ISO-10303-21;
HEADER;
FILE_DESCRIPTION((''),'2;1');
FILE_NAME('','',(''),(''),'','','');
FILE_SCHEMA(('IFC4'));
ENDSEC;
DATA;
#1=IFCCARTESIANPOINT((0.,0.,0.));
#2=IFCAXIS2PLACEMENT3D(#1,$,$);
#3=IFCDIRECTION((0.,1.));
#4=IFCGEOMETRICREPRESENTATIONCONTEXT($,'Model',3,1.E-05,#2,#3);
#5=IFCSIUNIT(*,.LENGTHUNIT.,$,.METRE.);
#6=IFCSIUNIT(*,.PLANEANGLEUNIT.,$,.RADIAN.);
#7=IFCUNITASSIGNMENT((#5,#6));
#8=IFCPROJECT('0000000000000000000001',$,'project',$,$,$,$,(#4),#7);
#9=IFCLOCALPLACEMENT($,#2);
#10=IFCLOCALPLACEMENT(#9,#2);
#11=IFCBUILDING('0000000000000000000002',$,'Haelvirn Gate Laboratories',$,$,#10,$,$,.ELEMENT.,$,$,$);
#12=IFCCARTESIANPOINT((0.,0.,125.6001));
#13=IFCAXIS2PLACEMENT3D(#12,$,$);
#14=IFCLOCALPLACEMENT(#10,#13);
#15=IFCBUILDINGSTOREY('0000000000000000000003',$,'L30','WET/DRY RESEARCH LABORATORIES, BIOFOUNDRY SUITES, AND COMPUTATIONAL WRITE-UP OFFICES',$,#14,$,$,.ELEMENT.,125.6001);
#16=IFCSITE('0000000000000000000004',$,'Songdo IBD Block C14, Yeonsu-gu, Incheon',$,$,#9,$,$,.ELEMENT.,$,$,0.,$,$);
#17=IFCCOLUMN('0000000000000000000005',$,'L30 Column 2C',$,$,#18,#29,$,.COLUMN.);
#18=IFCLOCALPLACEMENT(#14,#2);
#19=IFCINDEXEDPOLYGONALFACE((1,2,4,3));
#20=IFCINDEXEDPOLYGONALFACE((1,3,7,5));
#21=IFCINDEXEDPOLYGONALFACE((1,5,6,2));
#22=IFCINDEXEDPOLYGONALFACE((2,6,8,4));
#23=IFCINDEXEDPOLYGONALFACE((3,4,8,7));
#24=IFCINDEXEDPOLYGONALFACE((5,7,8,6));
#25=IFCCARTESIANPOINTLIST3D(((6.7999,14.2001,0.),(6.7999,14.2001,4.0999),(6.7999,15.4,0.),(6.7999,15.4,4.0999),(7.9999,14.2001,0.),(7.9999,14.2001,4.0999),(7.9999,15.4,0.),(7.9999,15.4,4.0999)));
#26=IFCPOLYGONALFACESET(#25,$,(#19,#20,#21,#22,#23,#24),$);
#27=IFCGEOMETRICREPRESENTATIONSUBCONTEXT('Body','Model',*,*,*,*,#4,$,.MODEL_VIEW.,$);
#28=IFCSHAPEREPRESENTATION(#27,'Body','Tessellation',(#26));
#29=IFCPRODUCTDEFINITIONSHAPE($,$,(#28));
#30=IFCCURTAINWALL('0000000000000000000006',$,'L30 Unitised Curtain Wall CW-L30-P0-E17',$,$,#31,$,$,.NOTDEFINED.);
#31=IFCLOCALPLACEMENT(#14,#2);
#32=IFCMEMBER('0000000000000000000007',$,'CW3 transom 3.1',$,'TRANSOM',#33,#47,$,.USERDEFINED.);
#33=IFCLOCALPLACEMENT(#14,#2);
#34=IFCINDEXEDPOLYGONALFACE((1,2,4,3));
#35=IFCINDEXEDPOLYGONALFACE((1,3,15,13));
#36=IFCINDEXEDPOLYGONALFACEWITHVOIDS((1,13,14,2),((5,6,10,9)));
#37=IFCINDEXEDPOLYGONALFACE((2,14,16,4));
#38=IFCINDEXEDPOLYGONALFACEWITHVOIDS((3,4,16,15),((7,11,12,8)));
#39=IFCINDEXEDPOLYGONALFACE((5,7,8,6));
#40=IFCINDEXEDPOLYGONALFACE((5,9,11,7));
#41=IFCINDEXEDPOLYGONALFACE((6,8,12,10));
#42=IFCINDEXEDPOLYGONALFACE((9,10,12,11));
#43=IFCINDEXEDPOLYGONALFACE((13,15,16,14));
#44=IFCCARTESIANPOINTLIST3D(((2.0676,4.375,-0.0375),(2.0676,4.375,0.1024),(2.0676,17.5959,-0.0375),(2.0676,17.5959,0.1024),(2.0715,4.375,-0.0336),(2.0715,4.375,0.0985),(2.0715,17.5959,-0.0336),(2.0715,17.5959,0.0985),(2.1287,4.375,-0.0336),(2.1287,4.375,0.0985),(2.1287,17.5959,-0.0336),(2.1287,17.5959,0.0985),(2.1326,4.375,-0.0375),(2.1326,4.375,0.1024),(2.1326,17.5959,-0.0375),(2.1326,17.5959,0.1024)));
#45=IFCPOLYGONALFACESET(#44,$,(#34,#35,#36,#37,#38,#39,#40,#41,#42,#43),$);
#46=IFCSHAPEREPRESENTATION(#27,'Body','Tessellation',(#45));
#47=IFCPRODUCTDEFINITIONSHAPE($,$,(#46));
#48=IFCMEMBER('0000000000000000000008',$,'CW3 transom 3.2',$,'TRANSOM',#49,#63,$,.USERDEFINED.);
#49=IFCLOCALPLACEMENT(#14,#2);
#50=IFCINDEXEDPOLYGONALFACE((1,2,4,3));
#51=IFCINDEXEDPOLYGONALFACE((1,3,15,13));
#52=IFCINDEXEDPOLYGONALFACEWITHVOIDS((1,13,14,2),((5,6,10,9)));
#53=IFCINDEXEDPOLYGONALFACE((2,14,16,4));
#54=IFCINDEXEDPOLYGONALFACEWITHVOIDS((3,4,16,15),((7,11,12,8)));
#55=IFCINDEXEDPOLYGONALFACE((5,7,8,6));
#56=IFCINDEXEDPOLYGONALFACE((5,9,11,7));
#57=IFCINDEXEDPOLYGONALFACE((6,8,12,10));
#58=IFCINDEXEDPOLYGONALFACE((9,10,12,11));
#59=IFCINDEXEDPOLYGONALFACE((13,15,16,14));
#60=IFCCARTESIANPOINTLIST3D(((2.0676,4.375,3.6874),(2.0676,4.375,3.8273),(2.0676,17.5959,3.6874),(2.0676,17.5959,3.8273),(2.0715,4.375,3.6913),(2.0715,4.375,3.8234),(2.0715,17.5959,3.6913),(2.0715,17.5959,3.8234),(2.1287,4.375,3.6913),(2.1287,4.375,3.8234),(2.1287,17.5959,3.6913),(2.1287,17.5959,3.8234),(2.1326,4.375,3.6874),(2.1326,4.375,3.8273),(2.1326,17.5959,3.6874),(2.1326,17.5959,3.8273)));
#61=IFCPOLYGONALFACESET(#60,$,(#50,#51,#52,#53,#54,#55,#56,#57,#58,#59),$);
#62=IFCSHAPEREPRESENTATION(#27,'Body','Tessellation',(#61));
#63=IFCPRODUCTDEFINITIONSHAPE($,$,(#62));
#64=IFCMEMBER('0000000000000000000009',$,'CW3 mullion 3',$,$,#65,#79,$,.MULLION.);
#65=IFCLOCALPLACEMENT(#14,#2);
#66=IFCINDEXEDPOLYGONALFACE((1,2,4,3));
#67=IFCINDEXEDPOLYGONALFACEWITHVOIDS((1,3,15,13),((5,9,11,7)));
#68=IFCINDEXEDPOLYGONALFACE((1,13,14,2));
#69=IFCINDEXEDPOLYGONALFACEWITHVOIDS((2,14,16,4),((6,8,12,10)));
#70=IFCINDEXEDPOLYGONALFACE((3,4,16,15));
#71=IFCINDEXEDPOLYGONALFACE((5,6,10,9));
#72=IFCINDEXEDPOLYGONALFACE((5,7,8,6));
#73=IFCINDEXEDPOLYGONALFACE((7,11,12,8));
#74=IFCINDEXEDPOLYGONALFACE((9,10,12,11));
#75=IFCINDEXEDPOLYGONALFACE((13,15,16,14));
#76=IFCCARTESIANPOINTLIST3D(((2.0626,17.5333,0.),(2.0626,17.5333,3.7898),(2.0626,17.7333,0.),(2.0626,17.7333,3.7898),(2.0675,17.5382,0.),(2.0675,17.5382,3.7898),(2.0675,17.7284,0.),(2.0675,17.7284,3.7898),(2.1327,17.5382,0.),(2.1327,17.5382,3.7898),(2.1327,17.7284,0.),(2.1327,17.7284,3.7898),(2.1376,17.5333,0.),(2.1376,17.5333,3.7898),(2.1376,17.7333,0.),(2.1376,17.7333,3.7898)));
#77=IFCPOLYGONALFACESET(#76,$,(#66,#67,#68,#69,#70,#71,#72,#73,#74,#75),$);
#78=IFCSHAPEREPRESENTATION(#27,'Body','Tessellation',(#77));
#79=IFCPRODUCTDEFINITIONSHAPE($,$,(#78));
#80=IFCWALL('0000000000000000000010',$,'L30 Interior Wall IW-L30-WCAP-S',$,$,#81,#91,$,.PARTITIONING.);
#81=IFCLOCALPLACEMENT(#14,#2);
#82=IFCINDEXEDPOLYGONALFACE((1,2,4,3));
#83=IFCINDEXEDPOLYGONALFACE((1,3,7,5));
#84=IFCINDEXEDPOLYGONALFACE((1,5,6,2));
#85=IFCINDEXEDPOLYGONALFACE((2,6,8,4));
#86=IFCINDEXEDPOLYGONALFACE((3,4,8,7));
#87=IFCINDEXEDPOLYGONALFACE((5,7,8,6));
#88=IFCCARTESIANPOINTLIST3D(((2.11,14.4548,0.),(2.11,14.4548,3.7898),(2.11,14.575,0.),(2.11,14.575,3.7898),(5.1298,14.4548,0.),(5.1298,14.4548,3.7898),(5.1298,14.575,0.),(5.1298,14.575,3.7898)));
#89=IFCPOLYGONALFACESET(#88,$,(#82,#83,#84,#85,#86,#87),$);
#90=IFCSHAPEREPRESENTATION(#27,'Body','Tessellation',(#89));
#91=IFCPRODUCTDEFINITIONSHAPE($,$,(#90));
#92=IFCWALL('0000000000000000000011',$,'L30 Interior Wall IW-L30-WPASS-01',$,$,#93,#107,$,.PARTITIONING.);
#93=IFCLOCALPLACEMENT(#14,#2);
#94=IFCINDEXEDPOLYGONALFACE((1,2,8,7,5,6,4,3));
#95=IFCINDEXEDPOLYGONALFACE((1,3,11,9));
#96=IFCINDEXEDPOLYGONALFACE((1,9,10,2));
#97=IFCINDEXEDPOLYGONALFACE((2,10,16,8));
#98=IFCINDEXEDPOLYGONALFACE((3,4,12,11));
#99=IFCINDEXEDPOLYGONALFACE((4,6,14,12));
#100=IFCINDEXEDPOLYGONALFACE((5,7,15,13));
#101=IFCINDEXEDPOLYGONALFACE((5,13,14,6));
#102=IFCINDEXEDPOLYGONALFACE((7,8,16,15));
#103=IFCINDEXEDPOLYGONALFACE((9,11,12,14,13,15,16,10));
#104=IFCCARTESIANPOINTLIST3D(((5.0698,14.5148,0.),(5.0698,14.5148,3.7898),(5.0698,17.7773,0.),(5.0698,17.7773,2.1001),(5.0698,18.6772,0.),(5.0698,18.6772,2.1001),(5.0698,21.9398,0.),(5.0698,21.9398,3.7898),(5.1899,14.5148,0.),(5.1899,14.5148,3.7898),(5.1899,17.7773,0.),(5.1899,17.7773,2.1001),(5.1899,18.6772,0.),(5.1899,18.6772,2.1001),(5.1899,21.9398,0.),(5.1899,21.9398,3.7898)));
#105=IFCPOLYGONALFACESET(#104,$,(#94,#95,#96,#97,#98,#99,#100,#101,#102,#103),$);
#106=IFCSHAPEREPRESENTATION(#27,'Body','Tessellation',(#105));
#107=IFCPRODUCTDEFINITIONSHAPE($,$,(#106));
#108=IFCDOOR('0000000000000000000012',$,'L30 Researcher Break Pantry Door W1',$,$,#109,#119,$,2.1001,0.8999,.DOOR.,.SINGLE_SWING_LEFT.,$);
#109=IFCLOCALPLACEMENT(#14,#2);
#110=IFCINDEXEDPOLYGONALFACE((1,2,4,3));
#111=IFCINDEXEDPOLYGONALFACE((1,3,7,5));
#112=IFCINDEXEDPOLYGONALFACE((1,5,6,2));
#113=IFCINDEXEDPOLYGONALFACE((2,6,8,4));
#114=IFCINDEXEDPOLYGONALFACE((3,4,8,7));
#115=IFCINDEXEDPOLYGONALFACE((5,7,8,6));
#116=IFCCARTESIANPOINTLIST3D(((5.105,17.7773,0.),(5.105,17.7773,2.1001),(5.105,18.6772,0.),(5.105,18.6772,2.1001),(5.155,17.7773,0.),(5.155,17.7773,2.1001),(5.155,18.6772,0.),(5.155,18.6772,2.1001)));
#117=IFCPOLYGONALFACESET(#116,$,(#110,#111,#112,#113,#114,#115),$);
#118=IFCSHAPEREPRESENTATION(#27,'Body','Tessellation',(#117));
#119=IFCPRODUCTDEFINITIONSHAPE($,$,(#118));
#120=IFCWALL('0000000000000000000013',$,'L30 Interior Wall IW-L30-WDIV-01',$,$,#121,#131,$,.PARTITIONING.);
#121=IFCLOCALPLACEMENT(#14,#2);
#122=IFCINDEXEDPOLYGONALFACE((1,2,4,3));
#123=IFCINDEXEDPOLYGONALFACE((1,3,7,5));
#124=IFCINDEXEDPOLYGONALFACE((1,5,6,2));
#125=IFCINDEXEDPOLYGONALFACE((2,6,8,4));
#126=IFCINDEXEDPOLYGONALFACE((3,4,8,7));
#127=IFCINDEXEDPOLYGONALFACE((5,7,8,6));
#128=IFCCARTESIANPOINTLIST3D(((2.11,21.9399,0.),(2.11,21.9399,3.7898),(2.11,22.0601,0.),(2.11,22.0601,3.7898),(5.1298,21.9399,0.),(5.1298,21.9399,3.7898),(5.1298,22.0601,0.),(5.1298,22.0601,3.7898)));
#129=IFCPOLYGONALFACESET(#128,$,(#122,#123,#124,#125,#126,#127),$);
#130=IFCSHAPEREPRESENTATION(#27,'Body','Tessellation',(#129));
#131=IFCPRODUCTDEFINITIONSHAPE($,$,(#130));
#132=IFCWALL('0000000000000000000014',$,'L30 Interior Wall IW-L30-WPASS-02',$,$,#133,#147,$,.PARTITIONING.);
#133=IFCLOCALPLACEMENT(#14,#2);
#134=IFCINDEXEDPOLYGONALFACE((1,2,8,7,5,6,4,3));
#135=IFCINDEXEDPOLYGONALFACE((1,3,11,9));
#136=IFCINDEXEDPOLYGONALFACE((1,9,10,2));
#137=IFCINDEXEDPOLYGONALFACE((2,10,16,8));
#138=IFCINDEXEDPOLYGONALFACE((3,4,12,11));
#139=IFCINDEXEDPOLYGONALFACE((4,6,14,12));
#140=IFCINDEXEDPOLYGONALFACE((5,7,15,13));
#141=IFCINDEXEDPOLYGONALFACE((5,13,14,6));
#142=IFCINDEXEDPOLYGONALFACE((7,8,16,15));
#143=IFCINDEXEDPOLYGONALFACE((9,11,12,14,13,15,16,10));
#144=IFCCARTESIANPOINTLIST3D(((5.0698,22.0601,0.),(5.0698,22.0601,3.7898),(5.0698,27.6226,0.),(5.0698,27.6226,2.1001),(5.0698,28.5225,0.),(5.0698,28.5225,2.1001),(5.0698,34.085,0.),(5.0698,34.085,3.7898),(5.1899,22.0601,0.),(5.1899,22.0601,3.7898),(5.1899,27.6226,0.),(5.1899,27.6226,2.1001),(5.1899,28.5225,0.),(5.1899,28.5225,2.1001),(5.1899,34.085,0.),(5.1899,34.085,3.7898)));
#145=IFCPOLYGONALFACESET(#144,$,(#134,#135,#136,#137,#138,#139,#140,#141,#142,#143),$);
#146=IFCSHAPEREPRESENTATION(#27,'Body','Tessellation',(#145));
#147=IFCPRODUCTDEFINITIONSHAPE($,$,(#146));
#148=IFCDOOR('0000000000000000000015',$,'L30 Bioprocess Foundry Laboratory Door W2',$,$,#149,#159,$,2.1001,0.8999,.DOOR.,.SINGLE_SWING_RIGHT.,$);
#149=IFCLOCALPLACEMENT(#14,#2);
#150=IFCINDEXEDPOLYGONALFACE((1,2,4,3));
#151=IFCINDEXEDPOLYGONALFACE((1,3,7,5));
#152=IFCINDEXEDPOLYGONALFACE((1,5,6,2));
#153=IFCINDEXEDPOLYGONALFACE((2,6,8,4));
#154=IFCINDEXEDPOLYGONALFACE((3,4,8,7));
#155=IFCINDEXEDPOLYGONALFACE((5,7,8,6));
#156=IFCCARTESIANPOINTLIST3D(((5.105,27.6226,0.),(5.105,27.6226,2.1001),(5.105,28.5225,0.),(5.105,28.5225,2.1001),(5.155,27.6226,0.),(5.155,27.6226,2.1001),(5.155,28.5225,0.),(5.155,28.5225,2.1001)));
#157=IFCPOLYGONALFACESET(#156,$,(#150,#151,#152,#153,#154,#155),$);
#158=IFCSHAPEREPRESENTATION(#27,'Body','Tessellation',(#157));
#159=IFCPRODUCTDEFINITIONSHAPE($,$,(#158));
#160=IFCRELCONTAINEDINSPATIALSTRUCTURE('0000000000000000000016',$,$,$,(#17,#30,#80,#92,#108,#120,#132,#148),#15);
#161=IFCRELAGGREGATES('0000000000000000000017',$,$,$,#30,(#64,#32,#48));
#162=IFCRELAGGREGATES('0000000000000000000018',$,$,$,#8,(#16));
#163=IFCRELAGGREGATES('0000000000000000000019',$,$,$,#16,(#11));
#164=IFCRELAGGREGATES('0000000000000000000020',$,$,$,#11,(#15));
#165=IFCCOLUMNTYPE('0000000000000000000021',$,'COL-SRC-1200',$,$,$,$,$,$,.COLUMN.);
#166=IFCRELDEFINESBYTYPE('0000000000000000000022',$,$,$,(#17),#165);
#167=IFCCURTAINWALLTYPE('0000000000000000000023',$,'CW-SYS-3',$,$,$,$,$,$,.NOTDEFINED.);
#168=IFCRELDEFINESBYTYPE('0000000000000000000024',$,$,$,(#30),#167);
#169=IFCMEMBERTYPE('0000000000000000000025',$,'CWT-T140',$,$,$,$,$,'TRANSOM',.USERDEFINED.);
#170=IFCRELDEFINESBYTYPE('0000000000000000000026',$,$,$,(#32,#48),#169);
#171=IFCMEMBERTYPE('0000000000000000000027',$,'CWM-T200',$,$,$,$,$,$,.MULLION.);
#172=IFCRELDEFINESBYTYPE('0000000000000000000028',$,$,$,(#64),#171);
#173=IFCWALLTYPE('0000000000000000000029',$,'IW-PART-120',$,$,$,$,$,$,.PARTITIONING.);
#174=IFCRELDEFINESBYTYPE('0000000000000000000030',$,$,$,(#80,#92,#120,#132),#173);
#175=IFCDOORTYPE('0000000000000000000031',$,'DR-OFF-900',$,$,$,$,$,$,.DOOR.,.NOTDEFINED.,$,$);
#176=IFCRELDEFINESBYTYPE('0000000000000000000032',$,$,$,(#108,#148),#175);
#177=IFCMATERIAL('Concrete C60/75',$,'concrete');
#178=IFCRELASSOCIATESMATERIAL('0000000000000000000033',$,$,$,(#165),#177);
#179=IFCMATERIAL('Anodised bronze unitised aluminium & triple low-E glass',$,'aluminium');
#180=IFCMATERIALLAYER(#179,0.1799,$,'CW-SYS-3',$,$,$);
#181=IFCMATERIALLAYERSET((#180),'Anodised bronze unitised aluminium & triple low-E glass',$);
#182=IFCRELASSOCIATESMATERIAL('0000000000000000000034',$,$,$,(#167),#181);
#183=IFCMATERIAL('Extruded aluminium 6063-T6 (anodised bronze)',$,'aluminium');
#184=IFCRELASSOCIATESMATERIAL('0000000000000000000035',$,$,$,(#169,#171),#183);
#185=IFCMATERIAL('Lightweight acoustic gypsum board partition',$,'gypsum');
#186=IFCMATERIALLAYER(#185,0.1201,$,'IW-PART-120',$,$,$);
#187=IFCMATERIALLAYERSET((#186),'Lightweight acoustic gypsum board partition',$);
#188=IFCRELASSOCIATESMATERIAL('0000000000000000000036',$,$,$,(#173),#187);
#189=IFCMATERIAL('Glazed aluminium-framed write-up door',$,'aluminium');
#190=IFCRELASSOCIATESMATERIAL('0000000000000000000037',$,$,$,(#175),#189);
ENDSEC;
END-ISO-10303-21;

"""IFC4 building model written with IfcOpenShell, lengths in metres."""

from ifc_helpers import new_model, si_unit, direction, frame, frame_2d, origin, origin_2d, place, context, subcontext, project, spatial, rectangle, hollow_rectangle, extrude, source, transform, mapped, material, layer, layer_set, material_profile, profile_set, type_object, type_shapes, element, fill, aggregate, save


model = new_model("IFC4")

# Units and contexts
model_context = context("Model", 3, precision=1e-05, world=origin(), true_north=direction((0.0, 1.0)))
body_context = subcontext(model_context, "Body", "Model", "MODEL_VIEW")
ifc_project = project(units=[si_unit("LENGTHUNIT", "METRE"), si_unit("PLANEANGLEUNIT", "RADIAN")], contexts=[model_context])

# Site, building, storey
site_placement = place(None, origin())
site = spatial("IfcSite", under=ifc_project, at=site_placement, Name="Songdo IBD Block C14, Yeonsu-gu, Incheon", CompositionType="ELEMENT", RefElevation=0.0)
building_placement = place(site_placement, origin())
building = spatial("IfcBuilding", under=site, at=building_placement, Name="Haelvirn Gate Laboratories", CompositionType="ELEMENT")
storey_placement = place(building_placement, frame((0.0, 0.0, 125.6001)))
storey = spatial("IfcBuildingStorey", under=building, at=storey_placement, Name="L30", Description="WET/DRY RESEARCH LABORATORIES, BIOFOUNDRY SUITES, AND COMPUTATIONAL WRITE-UP OFFICES", CompositionType="ELEMENT", Elevation=125.6001)

# Column
ifc_material_1 = material(Name="Concrete C60/75", Category="concrete")
ifc_material_profile_1 = material_profile(ifc_material_1, rectangle(XDim=1.2, YDim=1.2, at=origin_2d()), Name="SRC-1200x1200")
ifc_profile_set_1 = profile_set([ifc_material_profile_1], Name="Concrete C60/75")
column_type = type_object("IfcColumnType", Name="COL-SRC-1200", PredefinedType="COLUMN", material=ifc_profile_set_1)
shared_shape_1 = source(origin(), body_context, "Body", "SweptSolid", [
    extrude(rectangle(XDim=1.2, YDim=1.2, at=origin_2d()), origin(), (0.0, 0.0, 1.0), 4.0999),
])
type_shapes(column_type, [shared_shape_1])
column_placement = place(storey_placement, frame((7.3999, 14.8, 0.0), z_axis=(0.0, 0.0, 1.0), x_axis=(1.0, 0.0, 0.0)))
element("IfcColumn", 1, at=column_placement, inside=storey, type_object=column_type, Name="L30 Column 2C", PredefinedType="COLUMN", context=body_context, shape_type="MappedRepresentation", body=[
    mapped(shared_shape_1, transform((0.0, 0.0, 0.0), scale=1.0)),
])

# Curtain wall, members
ifc_material_2 = material(Name="Anodised bronze unitised aluminium & triple low-E glass", Category="aluminium")
ifc_layer_1 = layer(ifc_material_2, 0.1799, Name="CW-SYS-3")
ifc_layer_set_1 = layer_set([ifc_layer_1], Name="Anodised bronze unitised aluminium & triple low-E glass")
curtain_wall_type = type_object("IfcCurtainWallType", Name="CW-SYS-3", PredefinedType="NOTDEFINED", material=ifc_layer_set_1)
curtain_wall_placement = place(storey_placement, origin())
curtain_wall = element("IfcCurtainWall", 2, at=curtain_wall_placement, inside=storey, type_object=curtain_wall_type, Name="L30 Unitised Curtain Wall CW-L30-P0-E17", PredefinedType="NOTDEFINED")
ifc_material_3 = material(Name="Extruded aluminium 6063-T6 (anodised bronze)", Category="aluminium")
ifc_material_profile_2 = material_profile(ifc_material_3, hollow_rectangle(XDim=0.0649, YDim=0.1399, WallThickness=0.0039, at=origin_2d()), Name="CWT-140x65x4")
ifc_profile_set_2 = profile_set([ifc_material_profile_2], Name="Extruded aluminium 6063-T6 (anodised bronze)")
member_type_1 = type_object("IfcMemberType", Name="CWT-T140", ElementType="TRANSOM", PredefinedType="USERDEFINED", material=ifc_profile_set_2)
shared_shape_2 = source(origin(), body_context, "Body", "SweptSolid", [
    extrude(hollow_rectangle(XDim=0.0649, YDim=0.1399, WallThickness=0.0039, at=origin_2d()), origin(), (0.0, 0.0, 1.0), 13.2209),
])
type_shapes(member_type_1, [shared_shape_2])
member_1_placement = place(storey_placement, frame((2.1001, 17.5959, 0.0325), z_axis=(0.0, -1.0, 0.0), x_axis=(1.0, 0.0, 0.0)))
member_1 = element("IfcMember", 3, at=member_1_placement, type_object=member_type_1, Name="CW3 transom 3.1", ObjectType="TRANSOM", PredefinedType="USERDEFINED", context=body_context, shape_type="MappedRepresentation", body=[
    mapped(shared_shape_2, transform((0.0, 0.0, 0.0), scale=1.0)),
])
member_2_placement = place(storey_placement, frame((2.1001, 17.5959, 3.7573), z_axis=(0.0, -1.0, 0.0), x_axis=(1.0, 0.0, 0.0)))
member_2 = element("IfcMember", 4, at=member_2_placement, type_object=member_type_1, Name="CW3 transom 3.2", ObjectType="TRANSOM", PredefinedType="USERDEFINED", context=body_context, shape_type="MappedRepresentation", body=[
    mapped(shared_shape_2, transform((0.0, 0.0, 0.0), scale=1.0)),
])
ifc_material_profile_3 = material_profile(ifc_material_3, hollow_rectangle(XDim=0.075, YDim=0.2, WallThickness=0.0049, at=origin_2d()), Name="CWM-200x75x5")
ifc_profile_set_3 = profile_set([ifc_material_profile_3], Name="Extruded aluminium 6063-T6 (anodised bronze)")
member_type_2 = type_object("IfcMemberType", Name="CWM-T200", PredefinedType="MULLION", material=ifc_profile_set_3)
shared_shape_3 = source(origin(), body_context, "Body", "SweptSolid", [
    extrude(hollow_rectangle(XDim=0.075, YDim=0.2, WallThickness=0.0049, at=origin_2d()), origin(), (0.0, 0.0, 1.0), 3.7898),
])
type_shapes(member_type_2, [shared_shape_3])
member_3_placement = place(storey_placement, frame((2.1001, 17.6333, 0.0), z_axis=(0.0, 0.0, 1.0), x_axis=(1.0, 0.0, 0.0)))
member_3 = element("IfcMember", 5, at=member_3_placement, type_object=member_type_2, Name="CW3 mullion 3", PredefinedType="MULLION", context=body_context, shape_type="MappedRepresentation", body=[
    mapped(shared_shape_3, transform((0.0, 0.0, 0.0), scale=1.0)),
])
aggregate(curtain_wall, [member_3, member_1, member_2])

# Wall
ifc_material_4 = material(Name="Lightweight acoustic gypsum board partition", Category="gypsum")
ifc_layer_2 = layer(ifc_material_4, 0.1201, Name="IW-PART-120")
ifc_layer_set_2 = layer_set([ifc_layer_2], Name="Lightweight acoustic gypsum board partition")
wall_type_1 = type_object("IfcWallType", Name="IW-PART-120", PredefinedType="PARTITIONING", material=ifc_layer_set_2)
wall_1_placement = place(storey_placement, frame((2.1101, 14.5149, 0.0), z_axis=(0.0, 0.0, 1.0), x_axis=(1.0, 0.0, 0.0)))
element("IfcWall", 6, at=wall_1_placement, inside=storey, type_object=wall_type_1, Name="L30 Interior Wall IW-L30-WCAP-S", PredefinedType="PARTITIONING", context=body_context, shape_type="SweptSolid", body=[
    extrude(rectangle(XDim=3.0198, YDim=0.1201, at=frame_2d((1.5098, 0.0))), origin(), (0.0, 0.0, 1.0), 3.7898),
])

# Wall, opening, door
wall_2_placement = place(storey_placement, frame((5.1299, 14.5149, 0.0), z_axis=(0.0, 0.0, 1.0), x_axis=(0.0, 1.0, 0.0)))
wall_2 = element("IfcWall", 7, at=wall_2_placement, inside=storey, type_object=wall_type_1, Name="L30 Interior Wall IW-L30-WPASS-01", PredefinedType="PARTITIONING", context=body_context, shape_type="SweptSolid", body=[
    extrude(rectangle(XDim=7.425, YDim=0.1201, at=frame_2d((3.7124, 0.0))), origin(), (0.0, 0.0, 1.0), 3.7898),
])
opening_1_placement = place(wall_2_placement, frame((3.2625, 0.0, 0.0)))
opening_1 = element("IfcOpeningElement", 8, at=opening_1_placement, cuts=wall_2, PredefinedType="OPENING", context=body_context, shape_type="SweptSolid", body=[
    extrude(rectangle(XDim=0.8999, YDim=2.1001, at=frame_2d((0.45, 1.05))), frame((0.0, 0.0701, 0.0), z_axis=(0.0, -1.0, 0.0), x_axis=(1.0, 0.0, 0.0)), (0.0, 0.0, 1.0), 0.1401),
])
ifc_material_5 = material(Name="Glazed aluminium-framed write-up door", Category="aluminium")
door_type_1 = type_object("IfcDoorType", Name="DR-OFF-900", OperationType="NOTDEFINED", PredefinedType="DOOR", material=ifc_material_5)
shared_shape_4 = source(origin(), body_context, "Body", "SweptSolid", [
    extrude(rectangle(XDim=0.8999, YDim=2.1001, at=frame_2d((0.45, 1.05))), frame((0.0, 0.0249, 0.0), z_axis=(0.0, -1.0, 0.0), x_axis=(1.0, 0.0, 0.0)), (0.0, 0.0, 1.0), 0.05),
])
type_shapes(door_type_1, [shared_shape_4])
door_1_placement = place(opening_1_placement, origin())
door_1 = element("IfcDoor", 9, at=door_1_placement, inside=storey, type_object=door_type_1, Name="L30 Researcher Break Pantry Door W1", OperationType="SINGLE_SWING_LEFT", OverallHeight=2.1001, OverallWidth=0.8999, PredefinedType="DOOR", context=body_context, shape_type="MappedRepresentation", body=[
    mapped(shared_shape_4, transform((0.0, 0.0, 0.0), scale=1.0)),
])
fill(opening_1, door_1)

# Wall
wall_3_placement = place(storey_placement, frame((2.1101, 22.0, 0.0), z_axis=(0.0, 0.0, 1.0), x_axis=(1.0, 0.0, 0.0)))
element("IfcWall", 10, at=wall_3_placement, inside=storey, type_object=wall_type_1, Name="L30 Interior Wall IW-L30-WDIV-01", PredefinedType="PARTITIONING", context=body_context, shape_type="SweptSolid", body=[
    extrude(rectangle(XDim=3.0198, YDim=0.1201, at=frame_2d((1.5098, 0.0))), origin(), (0.0, 0.0, 1.0), 3.7898),
])

# Wall, opening, door
wall_4_placement = place(storey_placement, frame((5.1299, 22.0601, 0.0), z_axis=(0.0, 0.0, 1.0), x_axis=(0.0, 1.0, 0.0)))
wall_4 = element("IfcWall", 11, at=wall_4_placement, inside=storey, type_object=wall_type_1, Name="L30 Interior Wall IW-L30-WPASS-02", PredefinedType="PARTITIONING", context=body_context, shape_type="SweptSolid", body=[
    extrude(rectangle(XDim=12.0249, YDim=0.1201, at=frame_2d((6.0125, 0.0))), origin(), (0.0, 0.0, 1.0), 3.7898),
])
opening_2_placement = place(wall_4_placement, frame((5.5625, 0.0, 0.0)))
opening_2 = element("IfcOpeningElement", 12, at=opening_2_placement, cuts=wall_4, PredefinedType="OPENING", context=body_context, shape_type="SweptSolid", body=[
    extrude(rectangle(XDim=0.8999, YDim=2.1001, at=frame_2d((0.45, 1.05))), frame((0.0, 0.0701, 0.0), z_axis=(0.0, -1.0, 0.0), x_axis=(1.0, 0.0, 0.0)), (0.0, 0.0, 1.0), 0.1401),
])
door_2_placement = place(opening_2_placement, origin())
door_2 = element("IfcDoor", 13, at=door_2_placement, inside=storey, type_object=door_type_1, Name="L30 Bioprocess Foundry Laboratory Door W2", OperationType="SINGLE_SWING_RIGHT", OverallHeight=2.1001, OverallWidth=0.8999, PredefinedType="DOOR", context=body_context, shape_type="MappedRepresentation", body=[
    mapped(shared_shape_4, transform((0.0, 0.0, 0.0), scale=1.0)),
])
fill(opening_2, door_2)

save(model, "model.ifc")
